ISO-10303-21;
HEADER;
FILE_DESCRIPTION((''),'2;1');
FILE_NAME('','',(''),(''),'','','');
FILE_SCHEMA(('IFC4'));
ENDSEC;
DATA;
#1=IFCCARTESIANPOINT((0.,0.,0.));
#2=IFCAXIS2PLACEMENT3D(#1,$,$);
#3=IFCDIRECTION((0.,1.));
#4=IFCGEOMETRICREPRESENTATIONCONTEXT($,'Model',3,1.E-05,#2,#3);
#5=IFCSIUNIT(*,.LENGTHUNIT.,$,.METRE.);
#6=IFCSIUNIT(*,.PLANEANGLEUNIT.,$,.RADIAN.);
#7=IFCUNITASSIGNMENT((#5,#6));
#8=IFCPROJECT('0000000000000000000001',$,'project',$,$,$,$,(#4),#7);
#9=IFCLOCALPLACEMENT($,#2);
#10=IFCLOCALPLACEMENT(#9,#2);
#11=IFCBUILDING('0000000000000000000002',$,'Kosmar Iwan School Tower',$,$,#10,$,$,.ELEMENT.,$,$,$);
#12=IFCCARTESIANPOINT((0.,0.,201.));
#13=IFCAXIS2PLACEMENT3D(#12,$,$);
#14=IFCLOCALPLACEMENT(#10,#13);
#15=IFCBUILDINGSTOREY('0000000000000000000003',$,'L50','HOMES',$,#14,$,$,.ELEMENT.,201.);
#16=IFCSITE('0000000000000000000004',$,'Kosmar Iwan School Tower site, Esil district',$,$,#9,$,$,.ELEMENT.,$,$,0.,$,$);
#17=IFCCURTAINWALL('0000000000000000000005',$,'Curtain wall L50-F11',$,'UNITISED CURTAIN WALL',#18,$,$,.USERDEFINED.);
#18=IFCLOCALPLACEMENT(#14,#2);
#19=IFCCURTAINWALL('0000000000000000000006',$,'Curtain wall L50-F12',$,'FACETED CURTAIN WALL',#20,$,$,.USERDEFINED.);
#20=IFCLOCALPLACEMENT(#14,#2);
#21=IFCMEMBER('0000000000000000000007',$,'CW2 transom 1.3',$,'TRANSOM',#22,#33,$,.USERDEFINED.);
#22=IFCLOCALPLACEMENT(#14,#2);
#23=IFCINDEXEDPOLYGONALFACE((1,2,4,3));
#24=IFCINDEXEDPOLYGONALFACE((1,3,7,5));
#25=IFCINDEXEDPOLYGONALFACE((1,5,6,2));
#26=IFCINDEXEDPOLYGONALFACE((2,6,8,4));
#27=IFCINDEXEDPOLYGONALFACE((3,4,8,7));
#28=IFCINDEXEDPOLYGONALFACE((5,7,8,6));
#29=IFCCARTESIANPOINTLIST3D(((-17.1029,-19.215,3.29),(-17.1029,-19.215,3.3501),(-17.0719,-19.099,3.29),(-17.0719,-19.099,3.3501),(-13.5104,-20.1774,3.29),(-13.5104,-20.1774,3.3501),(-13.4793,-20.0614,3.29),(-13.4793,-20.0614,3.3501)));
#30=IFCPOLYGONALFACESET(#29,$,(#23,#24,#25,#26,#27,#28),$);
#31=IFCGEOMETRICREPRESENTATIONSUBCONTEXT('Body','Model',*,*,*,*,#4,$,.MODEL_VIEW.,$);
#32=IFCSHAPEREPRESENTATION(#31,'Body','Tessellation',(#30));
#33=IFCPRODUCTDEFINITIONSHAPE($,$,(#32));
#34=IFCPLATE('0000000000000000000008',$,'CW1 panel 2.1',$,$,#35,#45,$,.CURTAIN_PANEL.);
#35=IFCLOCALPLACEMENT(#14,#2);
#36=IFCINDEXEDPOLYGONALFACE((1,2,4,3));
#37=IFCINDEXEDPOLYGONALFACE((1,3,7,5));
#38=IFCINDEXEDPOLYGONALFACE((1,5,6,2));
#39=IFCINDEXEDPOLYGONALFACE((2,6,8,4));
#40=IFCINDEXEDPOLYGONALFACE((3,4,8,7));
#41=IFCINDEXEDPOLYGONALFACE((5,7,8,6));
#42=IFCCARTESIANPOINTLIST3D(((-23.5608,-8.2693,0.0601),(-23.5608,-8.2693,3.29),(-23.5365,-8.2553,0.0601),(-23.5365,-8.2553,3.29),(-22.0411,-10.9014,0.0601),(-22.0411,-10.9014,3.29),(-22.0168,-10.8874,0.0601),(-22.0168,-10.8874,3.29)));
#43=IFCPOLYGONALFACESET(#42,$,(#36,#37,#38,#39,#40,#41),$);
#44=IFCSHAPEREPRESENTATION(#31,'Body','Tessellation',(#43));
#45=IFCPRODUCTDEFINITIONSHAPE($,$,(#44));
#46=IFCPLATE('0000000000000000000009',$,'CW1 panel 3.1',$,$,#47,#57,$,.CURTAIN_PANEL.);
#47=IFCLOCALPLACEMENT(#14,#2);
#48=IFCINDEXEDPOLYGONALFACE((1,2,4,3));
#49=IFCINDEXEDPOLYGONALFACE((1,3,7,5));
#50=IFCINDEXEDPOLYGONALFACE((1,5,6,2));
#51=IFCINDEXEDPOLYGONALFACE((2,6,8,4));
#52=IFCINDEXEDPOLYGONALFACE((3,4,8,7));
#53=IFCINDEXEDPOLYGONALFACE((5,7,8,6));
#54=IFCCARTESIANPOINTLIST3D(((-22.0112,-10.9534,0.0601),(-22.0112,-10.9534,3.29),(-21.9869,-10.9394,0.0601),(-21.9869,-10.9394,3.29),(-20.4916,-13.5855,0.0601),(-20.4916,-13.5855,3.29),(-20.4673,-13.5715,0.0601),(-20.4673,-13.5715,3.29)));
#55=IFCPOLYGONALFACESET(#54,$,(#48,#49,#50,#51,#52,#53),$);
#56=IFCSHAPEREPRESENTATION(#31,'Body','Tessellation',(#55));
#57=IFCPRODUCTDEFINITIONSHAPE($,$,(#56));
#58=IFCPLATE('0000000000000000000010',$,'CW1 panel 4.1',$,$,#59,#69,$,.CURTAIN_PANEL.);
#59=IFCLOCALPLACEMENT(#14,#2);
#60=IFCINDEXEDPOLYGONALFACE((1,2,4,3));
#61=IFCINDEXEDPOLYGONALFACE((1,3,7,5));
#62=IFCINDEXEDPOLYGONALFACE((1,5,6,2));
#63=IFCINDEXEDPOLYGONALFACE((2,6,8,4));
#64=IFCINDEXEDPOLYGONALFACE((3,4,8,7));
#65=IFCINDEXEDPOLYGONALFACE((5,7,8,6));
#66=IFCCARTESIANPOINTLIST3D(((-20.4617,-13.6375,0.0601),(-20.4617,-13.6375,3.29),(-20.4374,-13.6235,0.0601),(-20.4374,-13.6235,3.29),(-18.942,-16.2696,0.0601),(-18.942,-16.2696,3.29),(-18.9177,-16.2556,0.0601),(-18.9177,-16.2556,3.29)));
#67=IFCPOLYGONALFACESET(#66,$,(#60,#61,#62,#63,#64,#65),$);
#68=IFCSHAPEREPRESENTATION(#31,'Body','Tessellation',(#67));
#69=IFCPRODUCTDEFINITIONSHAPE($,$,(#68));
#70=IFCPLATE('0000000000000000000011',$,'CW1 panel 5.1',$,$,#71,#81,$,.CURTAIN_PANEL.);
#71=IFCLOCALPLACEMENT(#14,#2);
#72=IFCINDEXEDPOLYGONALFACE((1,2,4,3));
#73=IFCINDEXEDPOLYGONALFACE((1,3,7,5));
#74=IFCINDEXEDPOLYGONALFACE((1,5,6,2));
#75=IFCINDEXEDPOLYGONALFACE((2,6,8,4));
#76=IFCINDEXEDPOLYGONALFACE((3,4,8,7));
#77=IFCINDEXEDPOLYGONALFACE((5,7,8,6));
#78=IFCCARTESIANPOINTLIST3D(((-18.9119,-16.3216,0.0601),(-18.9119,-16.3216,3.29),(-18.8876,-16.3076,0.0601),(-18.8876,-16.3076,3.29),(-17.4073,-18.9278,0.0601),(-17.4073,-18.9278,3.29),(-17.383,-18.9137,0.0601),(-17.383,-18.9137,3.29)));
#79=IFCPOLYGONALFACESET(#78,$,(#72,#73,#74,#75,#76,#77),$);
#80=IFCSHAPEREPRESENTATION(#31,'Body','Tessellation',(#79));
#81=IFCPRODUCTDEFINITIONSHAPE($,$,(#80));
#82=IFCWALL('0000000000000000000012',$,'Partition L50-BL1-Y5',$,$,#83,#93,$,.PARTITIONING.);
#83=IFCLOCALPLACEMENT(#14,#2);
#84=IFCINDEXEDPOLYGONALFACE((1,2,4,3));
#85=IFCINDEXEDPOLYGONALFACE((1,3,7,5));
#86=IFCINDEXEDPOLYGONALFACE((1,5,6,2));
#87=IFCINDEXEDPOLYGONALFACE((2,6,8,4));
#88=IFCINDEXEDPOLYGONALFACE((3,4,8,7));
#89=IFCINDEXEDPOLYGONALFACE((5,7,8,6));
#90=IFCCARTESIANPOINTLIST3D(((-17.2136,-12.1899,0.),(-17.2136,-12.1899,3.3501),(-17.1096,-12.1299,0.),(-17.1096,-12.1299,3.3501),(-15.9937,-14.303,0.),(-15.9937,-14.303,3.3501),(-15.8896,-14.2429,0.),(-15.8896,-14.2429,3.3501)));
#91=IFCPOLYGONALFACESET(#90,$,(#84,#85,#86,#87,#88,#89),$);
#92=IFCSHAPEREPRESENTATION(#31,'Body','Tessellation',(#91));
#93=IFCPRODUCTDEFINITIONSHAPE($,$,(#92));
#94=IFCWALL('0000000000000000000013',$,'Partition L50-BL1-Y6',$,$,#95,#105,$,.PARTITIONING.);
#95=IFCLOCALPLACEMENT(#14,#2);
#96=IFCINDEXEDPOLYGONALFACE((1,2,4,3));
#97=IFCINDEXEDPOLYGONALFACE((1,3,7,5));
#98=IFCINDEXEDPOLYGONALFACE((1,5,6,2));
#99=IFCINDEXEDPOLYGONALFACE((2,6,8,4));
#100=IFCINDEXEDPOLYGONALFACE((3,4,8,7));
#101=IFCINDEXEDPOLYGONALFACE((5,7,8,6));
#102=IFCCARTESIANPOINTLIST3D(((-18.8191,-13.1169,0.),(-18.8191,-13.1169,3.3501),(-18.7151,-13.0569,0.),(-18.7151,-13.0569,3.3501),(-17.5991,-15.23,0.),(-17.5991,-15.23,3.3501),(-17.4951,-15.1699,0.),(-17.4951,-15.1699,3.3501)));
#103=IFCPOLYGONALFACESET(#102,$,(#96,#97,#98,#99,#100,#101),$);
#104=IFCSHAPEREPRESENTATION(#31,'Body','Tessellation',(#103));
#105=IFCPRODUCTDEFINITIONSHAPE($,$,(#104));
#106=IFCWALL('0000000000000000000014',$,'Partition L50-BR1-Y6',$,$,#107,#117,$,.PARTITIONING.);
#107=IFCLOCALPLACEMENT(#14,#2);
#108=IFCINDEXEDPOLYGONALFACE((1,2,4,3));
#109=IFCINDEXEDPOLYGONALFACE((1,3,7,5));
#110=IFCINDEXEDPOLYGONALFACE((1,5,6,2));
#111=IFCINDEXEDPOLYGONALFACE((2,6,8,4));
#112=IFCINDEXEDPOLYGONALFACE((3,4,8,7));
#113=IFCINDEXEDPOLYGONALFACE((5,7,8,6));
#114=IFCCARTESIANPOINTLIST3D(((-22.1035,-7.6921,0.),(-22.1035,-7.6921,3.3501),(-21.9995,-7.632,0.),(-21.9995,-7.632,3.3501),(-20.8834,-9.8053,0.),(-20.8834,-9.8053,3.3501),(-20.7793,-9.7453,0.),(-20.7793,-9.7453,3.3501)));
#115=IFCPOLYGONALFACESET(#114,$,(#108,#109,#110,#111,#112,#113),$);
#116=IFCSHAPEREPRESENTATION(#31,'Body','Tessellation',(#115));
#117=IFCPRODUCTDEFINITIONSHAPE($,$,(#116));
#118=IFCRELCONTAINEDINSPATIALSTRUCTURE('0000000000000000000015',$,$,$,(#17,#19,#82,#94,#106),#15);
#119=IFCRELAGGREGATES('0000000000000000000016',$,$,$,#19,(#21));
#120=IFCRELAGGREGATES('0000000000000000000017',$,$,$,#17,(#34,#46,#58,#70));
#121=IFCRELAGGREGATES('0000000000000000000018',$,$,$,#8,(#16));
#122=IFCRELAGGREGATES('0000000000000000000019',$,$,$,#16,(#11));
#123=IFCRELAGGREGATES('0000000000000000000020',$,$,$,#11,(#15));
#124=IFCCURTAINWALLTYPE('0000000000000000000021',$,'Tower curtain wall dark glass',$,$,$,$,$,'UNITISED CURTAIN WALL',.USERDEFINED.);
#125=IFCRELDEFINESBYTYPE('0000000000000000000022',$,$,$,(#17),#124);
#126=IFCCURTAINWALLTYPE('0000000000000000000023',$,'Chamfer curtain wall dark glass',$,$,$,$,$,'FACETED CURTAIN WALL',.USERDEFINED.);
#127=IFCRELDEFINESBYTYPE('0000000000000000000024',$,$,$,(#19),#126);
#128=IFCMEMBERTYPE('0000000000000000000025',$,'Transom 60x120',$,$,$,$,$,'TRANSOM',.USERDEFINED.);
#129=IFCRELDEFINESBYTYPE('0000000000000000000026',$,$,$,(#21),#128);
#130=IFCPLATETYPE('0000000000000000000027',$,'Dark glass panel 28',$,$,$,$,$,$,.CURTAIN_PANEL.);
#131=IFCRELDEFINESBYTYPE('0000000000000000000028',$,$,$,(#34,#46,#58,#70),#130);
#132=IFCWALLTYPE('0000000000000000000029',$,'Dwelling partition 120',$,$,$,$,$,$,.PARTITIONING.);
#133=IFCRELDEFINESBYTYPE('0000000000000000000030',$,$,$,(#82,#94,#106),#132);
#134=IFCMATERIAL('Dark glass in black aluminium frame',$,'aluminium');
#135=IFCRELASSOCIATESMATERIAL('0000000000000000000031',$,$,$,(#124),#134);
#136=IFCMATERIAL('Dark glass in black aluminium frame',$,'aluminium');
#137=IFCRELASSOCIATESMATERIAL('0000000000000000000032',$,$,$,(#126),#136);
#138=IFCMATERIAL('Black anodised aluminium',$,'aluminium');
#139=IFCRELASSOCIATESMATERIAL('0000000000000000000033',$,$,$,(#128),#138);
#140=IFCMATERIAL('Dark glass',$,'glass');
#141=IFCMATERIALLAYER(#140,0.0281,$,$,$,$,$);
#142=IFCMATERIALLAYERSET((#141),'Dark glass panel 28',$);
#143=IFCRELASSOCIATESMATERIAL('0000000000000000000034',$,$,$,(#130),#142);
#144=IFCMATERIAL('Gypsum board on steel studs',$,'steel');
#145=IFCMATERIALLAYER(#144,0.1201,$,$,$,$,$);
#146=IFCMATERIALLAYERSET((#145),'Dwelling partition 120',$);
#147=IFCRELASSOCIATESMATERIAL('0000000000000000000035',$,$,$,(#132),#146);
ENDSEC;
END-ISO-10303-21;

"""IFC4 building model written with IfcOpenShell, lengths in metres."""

from ifc_helpers import new_model, si_unit, direction, frame, frame_2d, origin, origin_2d, place, context, subcontext, project, spatial, rectangle, extrude, material, layer, layer_set, material_profile, profile_set, type_object, element, aggregate, save


model = new_model("IFC4")

# Units and contexts
model_context = context("Model", 3, precision=1e-05, world=origin(), true_north=direction((0.0, 1.0)))
body_context = subcontext(model_context, "Body", "Model", "MODEL_VIEW")
ifc_project = project(units=[si_unit("LENGTHUNIT", "METRE"), si_unit("PLANEANGLEUNIT", "RADIAN")], contexts=[model_context])

# Site, building, storey
site_placement = place(None, origin())
site = spatial("IfcSite", under=ifc_project, at=site_placement, Name="Kosmar Iwan School Tower site, Esil district", CompositionType="ELEMENT", RefElevation=0.0)
building_placement = place(site_placement, origin())
building = spatial("IfcBuilding", under=site, at=building_placement, Name="Kosmar Iwan School Tower", CompositionType="ELEMENT")
storey_placement = place(building_placement, frame((0.0, 0.0, 201.0)))
storey = spatial("IfcBuildingStorey", under=building, at=storey_placement, Name="L50", Description="HOMES", CompositionType="ELEMENT", Elevation=201.0)

# Curtain wall
ifc_material_1 = material(Name="Dark glass in black aluminium frame", Category="aluminium")
curtain_wall_type_1 = type_object("IfcCurtainWallType", Name="Tower curtain wall dark glass", ElementType="UNITISED CURTAIN WALL", PredefinedType="USERDEFINED", material=ifc_material_1)
curtain_wall_1_placement = place(storey_placement, origin())
curtain_wall_1 = element("IfcCurtainWall", 1, at=curtain_wall_1_placement, inside=storey, type_object=curtain_wall_type_1, Name="Curtain wall L50-F11", ObjectType="UNITISED CURTAIN WALL", PredefinedType="USERDEFINED")

# Curtain wall
ifc_material_2 = material(Name="Dark glass in black aluminium frame", Category="aluminium")
curtain_wall_type_2 = type_object("IfcCurtainWallType", Name="Chamfer curtain wall dark glass", ElementType="FACETED CURTAIN WALL", PredefinedType="USERDEFINED", material=ifc_material_2)
curtain_wall_2_placement = place(storey_placement, origin())
curtain_wall_2 = element("IfcCurtainWall", 2, at=curtain_wall_2_placement, inside=storey, type_object=curtain_wall_type_2, Name="Curtain wall L50-F12", ObjectType="FACETED CURTAIN WALL", PredefinedType="USERDEFINED")

# Member
ifc_material_3 = material(Name="Black anodised aluminium", Category="aluminium")
ifc_material_profile_1 = material_profile(ifc_material_3, rectangle(XDim=0.1201, YDim=0.0601, at=origin_2d()), Name="TRANSOM 60x120")
ifc_profile_set_1 = profile_set([ifc_material_profile_1], Name="Black anodised aluminium")
member_type_1 = type_object("IfcMemberType", Name="Transom 60x120", ElementType="TRANSOM", PredefinedType="USERDEFINED", material=ifc_profile_set_1)
member_1_placement = place(storey_placement, frame((-17.0874, -19.157, 3.3201), z_axis=(0.96594, -0.258766, 0.0), x_axis=(0.258766, 0.96594, 0.0)))
member_1 = element("IfcMember", 3, at=member_1_placement, type_object=member_type_1, Name="CW2 transom 1.3", ObjectType="TRANSOM", PredefinedType="USERDEFINED", context=body_context, shape_type="SweptSolid", body=[
    extrude(rectangle(XDim=0.1201, YDim=0.0601, at=origin_2d()), origin(), (0.0, 0.0, 1.0), 3.7192),
])
aggregate(curtain_wall_2, [member_1])

# Plates
ifc_material_4 = material(Name="Dark glass", Category="glass")
ifc_layer_1 = layer(ifc_material_4, 0.0281)
ifc_layer_set_1 = layer_set([ifc_layer_1], Name="Dark glass panel 28")
plate_type = type_object("IfcPlateType", Name="Dark glass panel 28", PredefinedType="CURTAIN_PANEL", material=ifc_layer_set_1)
plate_1_placement = place(storey_placement, frame((-22.7888, -9.5784, 0.0601), z_axis=(0.0, 0.0, 1.0), x_axis=(0.5, -0.866025, 0.0)))
plate_1 = element("IfcPlate", 4, at=plate_1_placement, type_object=plate_type, Name="CW1 panel 2.1", PredefinedType="CURTAIN_PANEL", context=body_context, shape_type="SweptSolid", body=[
    extrude(rectangle(XDim=3.0393, YDim=0.0281, at=origin_2d()), origin(), (0.0, 0.0, 1.0), 3.23),
])
plate_2_placement = place(storey_placement, frame((-21.2393, -12.2625, 0.0601), z_axis=(0.0, 0.0, 1.0), x_axis=(0.5, -0.866025, 0.0)))
plate_2 = element("IfcPlate", 5, at=plate_2_placement, type_object=plate_type, Name="CW1 panel 3.1", PredefinedType="CURTAIN_PANEL", context=body_context, shape_type="SweptSolid", body=[
    extrude(rectangle(XDim=3.0393, YDim=0.0281, at=origin_2d()), origin(), (0.0, 0.0, 1.0), 3.23),
])
plate_3_placement = place(storey_placement, frame((-19.6897, -14.9465, 0.0601), z_axis=(0.0, 0.0, 1.0), x_axis=(0.5, -0.866025, 0.0)))
plate_3 = element("IfcPlate", 6, at=plate_3_placement, type_object=plate_type, Name="CW1 panel 4.1", PredefinedType="CURTAIN_PANEL", context=body_context, shape_type="SweptSolid", body=[
    extrude(rectangle(XDim=3.0393, YDim=0.0281, at=origin_2d()), origin(), (0.0, 0.0, 1.0), 3.23),
])
plate_4_placement = place(storey_placement, frame((-18.1475, -17.6177, 0.0601), z_axis=(0.0, 0.0, 1.0), x_axis=(0.5, -0.866025, 0.0)))
plate_4 = element("IfcPlate", 7, at=plate_4_placement, type_object=plate_type, Name="CW1 panel 5.1", PredefinedType="CURTAIN_PANEL", context=body_context, shape_type="SweptSolid", body=[
    extrude(rectangle(XDim=3.0093, YDim=0.0281, at=origin_2d()), origin(), (0.0, 0.0, 1.0), 3.23),
])
aggregate(curtain_wall_1, [plate_1, plate_2, plate_3, plate_4])

# Walls
ifc_material_5 = material(Name="Gypsum board on steel studs", Category="steel")
ifc_layer_2 = layer(ifc_material_5, 0.1201)
ifc_layer_set_2 = layer_set([ifc_layer_2], Name="Dwelling partition 120")
wall_type = type_object("IfcWallType", Name="Dwelling partition 120", PredefinedType="PARTITIONING", material=ifc_layer_set_2)
for number, where, z_axis, x_axis, name in (
    (8, (-17.1616, -12.1599, 0.0), (0.0, 0.0, 1.0), (0.500003, -0.866024, 0.0), "Partition L50-BL1-Y5"),
    (9, (-18.7671, -13.0869, 0.0), (0.0, 0.0, 1.0), (0.500003, -0.866024, 0.0), "Partition L50-BL1-Y6"),
):
    element("IfcWall", number, at=place(storey_placement, frame(where, z_axis=z_axis, x_axis=x_axis)), inside=storey, type_object=wall_type, Name=name, PredefinedType="PARTITIONING", context=body_context, shape_type="SweptSolid", body=[
        extrude(rectangle(XDim=2.4399, YDim=0.1201, at=frame_2d((1.22, 0.0))), origin(), (0.0, 0.0, 1.0), 3.3501),
    ])
wall_placement = place(storey_placement, frame((-20.8313, -9.7754, 0.0), z_axis=(0.0, 0.0, 1.0), x_axis=(-0.500034, 0.866006, 0.0)))
element("IfcWall", 10, at=wall_placement, inside=storey, type_object=wall_type, Name="Partition L50-BR1-Y6", PredefinedType="PARTITIONING", context=body_context, shape_type="SweptSolid", body=[
    extrude(rectangle(XDim=2.4402, YDim=0.1201, at=frame_2d((1.2202, 0.0))), origin(), (0.0, 0.0, 1.0), 3.3501),
])

save(model, "model.ifc")
